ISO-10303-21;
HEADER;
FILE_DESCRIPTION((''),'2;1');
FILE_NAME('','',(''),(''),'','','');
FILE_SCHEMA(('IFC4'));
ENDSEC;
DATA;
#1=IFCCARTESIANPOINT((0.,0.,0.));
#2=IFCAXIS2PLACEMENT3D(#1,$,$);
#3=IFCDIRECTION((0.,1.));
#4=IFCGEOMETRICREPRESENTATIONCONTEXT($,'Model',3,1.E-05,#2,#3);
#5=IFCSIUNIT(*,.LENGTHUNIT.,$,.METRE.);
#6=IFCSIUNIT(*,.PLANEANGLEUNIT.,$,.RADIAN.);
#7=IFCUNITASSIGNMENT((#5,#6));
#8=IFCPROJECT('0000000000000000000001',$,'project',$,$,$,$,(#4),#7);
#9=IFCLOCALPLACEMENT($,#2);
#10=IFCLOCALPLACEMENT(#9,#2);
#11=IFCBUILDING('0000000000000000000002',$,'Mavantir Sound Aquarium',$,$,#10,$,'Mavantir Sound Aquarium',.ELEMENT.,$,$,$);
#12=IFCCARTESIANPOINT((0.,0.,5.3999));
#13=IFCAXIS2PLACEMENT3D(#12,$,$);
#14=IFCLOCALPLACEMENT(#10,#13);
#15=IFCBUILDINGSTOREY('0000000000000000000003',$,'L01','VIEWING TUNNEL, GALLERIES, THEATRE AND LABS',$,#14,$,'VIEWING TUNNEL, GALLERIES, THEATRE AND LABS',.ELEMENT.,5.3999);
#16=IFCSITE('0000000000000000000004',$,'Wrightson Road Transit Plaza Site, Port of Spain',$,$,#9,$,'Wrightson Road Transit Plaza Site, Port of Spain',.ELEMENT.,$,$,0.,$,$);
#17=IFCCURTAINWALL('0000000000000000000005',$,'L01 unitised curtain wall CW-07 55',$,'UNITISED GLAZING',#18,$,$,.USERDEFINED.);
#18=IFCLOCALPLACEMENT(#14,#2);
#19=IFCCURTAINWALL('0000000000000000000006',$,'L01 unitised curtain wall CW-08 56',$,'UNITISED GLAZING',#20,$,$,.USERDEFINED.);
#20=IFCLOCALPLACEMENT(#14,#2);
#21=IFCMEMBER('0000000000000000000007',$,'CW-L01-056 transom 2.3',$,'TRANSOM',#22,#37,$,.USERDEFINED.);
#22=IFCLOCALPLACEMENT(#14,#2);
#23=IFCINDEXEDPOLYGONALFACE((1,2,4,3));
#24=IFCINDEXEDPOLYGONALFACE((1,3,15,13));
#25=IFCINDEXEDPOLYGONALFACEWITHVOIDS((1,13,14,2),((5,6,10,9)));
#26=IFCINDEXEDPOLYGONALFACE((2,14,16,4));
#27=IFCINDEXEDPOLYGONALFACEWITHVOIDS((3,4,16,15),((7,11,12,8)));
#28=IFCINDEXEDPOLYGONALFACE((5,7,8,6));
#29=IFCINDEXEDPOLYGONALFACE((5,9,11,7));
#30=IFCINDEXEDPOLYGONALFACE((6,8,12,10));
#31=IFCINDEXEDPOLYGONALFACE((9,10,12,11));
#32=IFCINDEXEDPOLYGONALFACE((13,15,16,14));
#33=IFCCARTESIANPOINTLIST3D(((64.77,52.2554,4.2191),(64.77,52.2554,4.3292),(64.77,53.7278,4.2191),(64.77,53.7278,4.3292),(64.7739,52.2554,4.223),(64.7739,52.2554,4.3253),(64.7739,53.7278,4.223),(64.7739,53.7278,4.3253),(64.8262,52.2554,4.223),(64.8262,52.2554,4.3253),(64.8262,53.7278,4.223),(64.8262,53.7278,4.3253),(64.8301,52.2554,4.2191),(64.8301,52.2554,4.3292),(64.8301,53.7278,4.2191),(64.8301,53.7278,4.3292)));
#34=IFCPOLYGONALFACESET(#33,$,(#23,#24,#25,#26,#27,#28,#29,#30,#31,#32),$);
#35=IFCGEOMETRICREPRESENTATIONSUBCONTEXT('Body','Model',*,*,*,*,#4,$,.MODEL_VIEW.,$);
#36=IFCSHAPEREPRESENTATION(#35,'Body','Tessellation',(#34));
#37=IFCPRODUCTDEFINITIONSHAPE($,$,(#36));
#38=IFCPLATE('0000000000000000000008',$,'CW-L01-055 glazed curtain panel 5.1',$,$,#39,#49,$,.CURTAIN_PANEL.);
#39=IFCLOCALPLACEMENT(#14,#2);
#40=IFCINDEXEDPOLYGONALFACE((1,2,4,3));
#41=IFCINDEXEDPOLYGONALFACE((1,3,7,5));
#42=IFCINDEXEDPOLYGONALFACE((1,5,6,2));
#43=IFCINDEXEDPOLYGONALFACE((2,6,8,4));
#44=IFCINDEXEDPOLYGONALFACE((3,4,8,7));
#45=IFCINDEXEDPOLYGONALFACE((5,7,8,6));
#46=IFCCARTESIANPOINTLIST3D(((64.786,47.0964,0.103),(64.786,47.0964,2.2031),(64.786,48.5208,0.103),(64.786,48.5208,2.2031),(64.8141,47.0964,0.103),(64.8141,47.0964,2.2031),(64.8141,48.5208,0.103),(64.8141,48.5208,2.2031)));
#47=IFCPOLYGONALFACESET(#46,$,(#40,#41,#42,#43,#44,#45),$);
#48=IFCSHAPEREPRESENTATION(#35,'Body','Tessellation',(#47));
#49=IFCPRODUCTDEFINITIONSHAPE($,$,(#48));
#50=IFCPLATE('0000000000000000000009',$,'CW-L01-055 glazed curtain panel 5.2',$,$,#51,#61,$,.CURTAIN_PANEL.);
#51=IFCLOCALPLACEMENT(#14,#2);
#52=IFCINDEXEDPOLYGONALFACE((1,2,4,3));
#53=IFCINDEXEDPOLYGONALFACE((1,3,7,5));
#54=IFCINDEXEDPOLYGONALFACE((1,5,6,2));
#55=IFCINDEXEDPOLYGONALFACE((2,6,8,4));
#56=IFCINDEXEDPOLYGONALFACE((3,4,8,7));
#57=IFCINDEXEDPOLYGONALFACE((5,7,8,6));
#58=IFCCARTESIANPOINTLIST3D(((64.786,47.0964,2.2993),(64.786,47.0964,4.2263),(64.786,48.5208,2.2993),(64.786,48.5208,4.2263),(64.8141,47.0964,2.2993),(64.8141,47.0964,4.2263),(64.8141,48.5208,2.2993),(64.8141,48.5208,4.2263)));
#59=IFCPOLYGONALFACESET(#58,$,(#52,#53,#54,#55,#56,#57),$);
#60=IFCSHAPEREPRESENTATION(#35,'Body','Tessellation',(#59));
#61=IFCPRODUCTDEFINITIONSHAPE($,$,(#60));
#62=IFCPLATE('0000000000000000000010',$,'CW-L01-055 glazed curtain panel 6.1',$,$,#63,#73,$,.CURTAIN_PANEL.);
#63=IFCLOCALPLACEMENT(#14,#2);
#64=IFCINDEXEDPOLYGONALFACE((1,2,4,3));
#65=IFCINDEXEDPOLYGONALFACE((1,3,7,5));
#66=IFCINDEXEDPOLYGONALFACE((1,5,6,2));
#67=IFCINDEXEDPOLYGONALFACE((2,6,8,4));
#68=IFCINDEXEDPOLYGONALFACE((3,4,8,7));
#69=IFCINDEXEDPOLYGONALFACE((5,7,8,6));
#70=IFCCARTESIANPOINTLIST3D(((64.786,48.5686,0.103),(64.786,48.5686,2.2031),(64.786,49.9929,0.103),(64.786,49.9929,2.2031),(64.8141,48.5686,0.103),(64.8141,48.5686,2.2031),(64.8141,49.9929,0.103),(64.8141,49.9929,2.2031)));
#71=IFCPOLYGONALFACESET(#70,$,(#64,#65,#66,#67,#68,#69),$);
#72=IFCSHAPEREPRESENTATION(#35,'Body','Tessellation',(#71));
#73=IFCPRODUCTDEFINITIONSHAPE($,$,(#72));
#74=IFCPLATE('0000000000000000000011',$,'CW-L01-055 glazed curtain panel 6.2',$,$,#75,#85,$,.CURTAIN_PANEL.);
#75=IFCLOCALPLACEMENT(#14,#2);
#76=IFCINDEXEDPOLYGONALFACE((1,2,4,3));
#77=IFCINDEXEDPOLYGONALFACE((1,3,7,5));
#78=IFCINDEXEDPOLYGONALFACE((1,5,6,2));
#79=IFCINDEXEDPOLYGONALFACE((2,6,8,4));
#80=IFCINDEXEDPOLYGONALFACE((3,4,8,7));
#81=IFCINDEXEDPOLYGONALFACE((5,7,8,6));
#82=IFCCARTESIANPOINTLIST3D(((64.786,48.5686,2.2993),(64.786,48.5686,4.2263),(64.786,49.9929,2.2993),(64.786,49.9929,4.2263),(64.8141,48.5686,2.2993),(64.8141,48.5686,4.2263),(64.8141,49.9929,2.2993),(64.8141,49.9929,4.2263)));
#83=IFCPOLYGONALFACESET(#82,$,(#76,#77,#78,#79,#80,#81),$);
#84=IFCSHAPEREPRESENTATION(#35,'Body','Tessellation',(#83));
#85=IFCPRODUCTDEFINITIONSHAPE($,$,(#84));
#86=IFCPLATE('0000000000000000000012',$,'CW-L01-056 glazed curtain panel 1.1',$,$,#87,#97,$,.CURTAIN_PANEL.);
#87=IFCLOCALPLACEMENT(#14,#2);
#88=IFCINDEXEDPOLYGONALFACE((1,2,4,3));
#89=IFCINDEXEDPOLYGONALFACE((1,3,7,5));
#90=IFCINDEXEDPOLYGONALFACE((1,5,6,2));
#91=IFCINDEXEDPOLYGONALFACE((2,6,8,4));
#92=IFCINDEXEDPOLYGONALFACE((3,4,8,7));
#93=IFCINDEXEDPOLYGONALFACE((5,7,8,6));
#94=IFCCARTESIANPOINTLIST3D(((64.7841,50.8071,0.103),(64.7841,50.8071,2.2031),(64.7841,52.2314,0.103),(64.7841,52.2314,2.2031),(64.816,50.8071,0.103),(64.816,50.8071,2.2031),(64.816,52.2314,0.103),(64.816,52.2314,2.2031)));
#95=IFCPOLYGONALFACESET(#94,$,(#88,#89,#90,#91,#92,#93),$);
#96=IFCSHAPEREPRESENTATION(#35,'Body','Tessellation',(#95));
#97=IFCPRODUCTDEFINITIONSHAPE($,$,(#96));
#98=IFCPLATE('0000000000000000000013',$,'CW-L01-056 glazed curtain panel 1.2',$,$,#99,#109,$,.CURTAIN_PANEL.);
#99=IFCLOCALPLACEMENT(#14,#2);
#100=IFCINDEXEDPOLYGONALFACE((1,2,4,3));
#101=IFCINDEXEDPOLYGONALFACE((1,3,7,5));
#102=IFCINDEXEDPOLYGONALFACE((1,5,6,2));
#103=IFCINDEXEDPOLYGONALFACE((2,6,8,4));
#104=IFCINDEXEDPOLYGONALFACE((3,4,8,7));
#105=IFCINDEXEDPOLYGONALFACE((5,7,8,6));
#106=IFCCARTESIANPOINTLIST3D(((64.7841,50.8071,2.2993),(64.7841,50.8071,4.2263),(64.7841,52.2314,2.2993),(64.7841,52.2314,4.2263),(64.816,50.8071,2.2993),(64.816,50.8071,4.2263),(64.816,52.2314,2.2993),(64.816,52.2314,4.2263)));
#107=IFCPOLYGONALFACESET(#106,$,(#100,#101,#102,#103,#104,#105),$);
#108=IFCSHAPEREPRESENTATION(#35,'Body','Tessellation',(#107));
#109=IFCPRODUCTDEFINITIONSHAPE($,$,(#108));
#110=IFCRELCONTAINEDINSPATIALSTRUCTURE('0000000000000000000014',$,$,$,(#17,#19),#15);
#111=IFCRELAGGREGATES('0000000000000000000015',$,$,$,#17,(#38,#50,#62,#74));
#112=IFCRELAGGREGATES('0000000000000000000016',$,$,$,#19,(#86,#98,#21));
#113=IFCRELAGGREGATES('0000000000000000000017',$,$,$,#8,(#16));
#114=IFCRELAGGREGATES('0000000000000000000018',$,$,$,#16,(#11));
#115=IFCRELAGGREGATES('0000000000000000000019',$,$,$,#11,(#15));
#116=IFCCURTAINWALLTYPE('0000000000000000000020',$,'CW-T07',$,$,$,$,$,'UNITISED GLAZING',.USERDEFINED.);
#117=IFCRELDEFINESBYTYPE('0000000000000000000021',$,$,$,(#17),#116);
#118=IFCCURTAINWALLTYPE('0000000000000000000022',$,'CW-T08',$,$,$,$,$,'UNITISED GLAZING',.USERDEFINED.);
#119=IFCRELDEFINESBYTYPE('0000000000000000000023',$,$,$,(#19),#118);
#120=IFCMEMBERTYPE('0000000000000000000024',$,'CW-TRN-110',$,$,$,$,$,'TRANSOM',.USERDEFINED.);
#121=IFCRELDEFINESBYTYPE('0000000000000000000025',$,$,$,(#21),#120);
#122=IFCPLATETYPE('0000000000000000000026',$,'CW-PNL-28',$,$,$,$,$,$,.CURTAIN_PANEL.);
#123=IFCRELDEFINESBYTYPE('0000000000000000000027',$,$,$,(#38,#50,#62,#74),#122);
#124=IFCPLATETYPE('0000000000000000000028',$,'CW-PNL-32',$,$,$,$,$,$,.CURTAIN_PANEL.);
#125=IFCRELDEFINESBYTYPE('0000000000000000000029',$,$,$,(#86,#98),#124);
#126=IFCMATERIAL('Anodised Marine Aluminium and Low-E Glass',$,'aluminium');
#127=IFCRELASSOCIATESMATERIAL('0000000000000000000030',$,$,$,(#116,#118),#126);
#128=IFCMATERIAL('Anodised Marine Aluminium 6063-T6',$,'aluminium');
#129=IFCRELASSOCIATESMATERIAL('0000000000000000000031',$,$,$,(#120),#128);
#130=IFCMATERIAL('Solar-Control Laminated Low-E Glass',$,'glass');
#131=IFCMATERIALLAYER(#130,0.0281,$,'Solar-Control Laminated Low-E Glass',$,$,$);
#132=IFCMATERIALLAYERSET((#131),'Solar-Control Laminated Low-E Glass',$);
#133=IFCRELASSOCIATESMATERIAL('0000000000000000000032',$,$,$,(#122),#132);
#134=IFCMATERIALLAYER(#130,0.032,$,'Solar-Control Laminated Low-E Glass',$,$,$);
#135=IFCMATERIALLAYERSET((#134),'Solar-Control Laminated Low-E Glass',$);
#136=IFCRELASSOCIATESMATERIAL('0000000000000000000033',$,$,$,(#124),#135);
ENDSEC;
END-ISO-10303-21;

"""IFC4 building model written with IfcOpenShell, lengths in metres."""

from ifc_helpers import new_model, si_unit, direction, frame, origin, origin_2d, place, context, subcontext, project, spatial, rectangle, hollow_rectangle, extrude, material, layer, layer_set, material_profile, profile_set, type_object, element, aggregate, save


model = new_model("IFC4")

# Units and contexts
model_context = context("Model", 3, precision=1e-05, world=origin(), true_north=direction((0.0, 1.0)))
body_context = subcontext(model_context, "Body", "Model", "MODEL_VIEW")
ifc_project = project(units=[si_unit("LENGTHUNIT", "METRE"), si_unit("PLANEANGLEUNIT", "RADIAN")], contexts=[model_context])

# Site, building, storey
site_placement = place(None, origin())
site = spatial("IfcSite", under=ifc_project, at=site_placement, Name="Wrightson Road Transit Plaza Site, Port of Spain", LongName="Wrightson Road Transit Plaza Site, Port of Spain", CompositionType="ELEMENT", RefElevation=0.0)
building_placement = place(site_placement, origin())
building = spatial("IfcBuilding", under=site, at=building_placement, Name="Mavantir Sound Aquarium", LongName="Mavantir Sound Aquarium", CompositionType="ELEMENT")
storey_placement = place(building_placement, frame((0.0, 0.0, 5.3999)))
storey = spatial("IfcBuildingStorey", under=building, at=storey_placement, Name="L01", Description="VIEWING TUNNEL, GALLERIES, THEATRE AND LABS", LongName="VIEWING TUNNEL, GALLERIES, THEATRE AND LABS", CompositionType="ELEMENT", Elevation=5.3999)

# Curtain walls
ifc_material_1 = material(Name="Anodised Marine Aluminium and Low-E Glass", Category="aluminium")
curtain_wall_type_1 = type_object("IfcCurtainWallType", Name="CW-T07", ElementType="UNITISED GLAZING", PredefinedType="USERDEFINED", material=ifc_material_1)
curtain_wall_1_placement = place(storey_placement, origin())
curtain_wall_1 = element("IfcCurtainWall", 1, at=curtain_wall_1_placement, inside=storey, type_object=curtain_wall_type_1, Name="L01 unitised curtain wall CW-07 55", ObjectType="UNITISED GLAZING", PredefinedType="USERDEFINED")
ifc_material_2 = material(Name="Anodised Marine Aluminium 6063-T6", Category="aluminium")
curtain_wall_type_2 = type_object("IfcCurtainWallType", Name="CW-T08", ElementType="UNITISED GLAZING", PredefinedType="USERDEFINED", material=ifc_material_1)
curtain_wall_2_placement = place(storey_placement, origin())
curtain_wall_2 = element("IfcCurtainWall", 2, at=curtain_wall_2_placement, inside=storey, type_object=curtain_wall_type_2, Name="L01 unitised curtain wall CW-08 56", ObjectType="UNITISED GLAZING", PredefinedType="USERDEFINED")

# Member
ifc_material_profile_1 = material_profile(ifc_material_2, hollow_rectangle(XDim=0.0601, YDim=0.1101, WallThickness=0.0039, at=origin_2d()), Name="ALU-TRANSOM-110X60")
ifc_profile_set_1 = profile_set([ifc_material_profile_1], Name="Anodised Marine Aluminium 6063-T6")
member_type_1 = type_object("IfcMemberType", Name="CW-TRN-110", ElementType="TRANSOM", PredefinedType="USERDEFINED", material=ifc_profile_set_1)
member_1_placement = place(storey_placement, frame((64.8, 52.2554, 4.2742), z_axis=(0.0, 1.0, 0.0), x_axis=(-1.0, 0.0, 0.0)))
member_1 = element("IfcMember", 3, at=member_1_placement, type_object=member_type_1, Name="CW-L01-056 transom 2.3", ObjectType="TRANSOM", PredefinedType="USERDEFINED", context=body_context, shape_type="SweptSolid", body=[
    extrude(hollow_rectangle(XDim=0.0601, YDim=0.1101, WallThickness=0.0039, at=origin_2d()), origin(), (0.0, 0.0, 1.0), 1.4724),
])

# Plates
ifc_material_3 = material(Name="Solar-Control Laminated Low-E Glass", Category="glass")
ifc_layer_1 = layer(ifc_material_3, 0.0281, Name="Solar-Control Laminated Low-E Glass")
ifc_layer_set_1 = layer_set([ifc_layer_1], Name="Solar-Control Laminated Low-E Glass")
plate_type_1 = type_object("IfcPlateType", Name="CW-PNL-28", PredefinedType="CURTAIN_PANEL", material=ifc_layer_set_1)
plate_1_placement = place(storey_placement, frame((64.8, 47.8086, 0.103), z_axis=(0.0, 0.0, 1.0), x_axis=(0.0, 1.0, 0.0)))
plate_1 = element("IfcPlate", 4, at=plate_1_placement, type_object=plate_type_1, Name="CW-L01-055 glazed curtain panel 5.1", PredefinedType="CURTAIN_PANEL", context=body_context, shape_type="SweptSolid", body=[
    extrude(rectangle(XDim=1.4243, YDim=0.0281, at=origin_2d()), origin(), (0.0, 0.0, 1.0), 2.1001),
])
plate_2_placement = place(storey_placement, frame((64.8, 47.8086, 2.2993), z_axis=(0.0, 0.0, 1.0), x_axis=(0.0, 1.0, 0.0)))
plate_2 = element("IfcPlate", 5, at=plate_2_placement, type_object=plate_type_1, Name="CW-L01-055 glazed curtain panel 5.2", PredefinedType="CURTAIN_PANEL", context=body_context, shape_type="SweptSolid", body=[
    extrude(rectangle(XDim=1.4243, YDim=0.0281, at=origin_2d()), origin(), (0.0, 0.0, 1.0), 1.927),
])
plate_3_placement = place(storey_placement, frame((64.8, 49.2808, 0.103), z_axis=(0.0, 0.0, 1.0), x_axis=(0.0, 1.0, 0.0)))
plate_3 = element("IfcPlate", 6, at=plate_3_placement, type_object=plate_type_1, Name="CW-L01-055 glazed curtain panel 6.1", PredefinedType="CURTAIN_PANEL", context=body_context, shape_type="SweptSolid", body=[
    extrude(rectangle(XDim=1.4243, YDim=0.0281, at=origin_2d()), origin(), (0.0, 0.0, 1.0), 2.1001),
])
plate_4_placement = place(storey_placement, frame((64.8, 49.2808, 2.2993), z_axis=(0.0, 0.0, 1.0), x_axis=(0.0, 1.0, 0.0)))
plate_4 = element("IfcPlate", 7, at=plate_4_placement, type_object=plate_type_1, Name="CW-L01-055 glazed curtain panel 6.2", PredefinedType="CURTAIN_PANEL", context=body_context, shape_type="SweptSolid", body=[
    extrude(rectangle(XDim=1.4243, YDim=0.0281, at=origin_2d()), origin(), (0.0, 0.0, 1.0), 1.927),
])
aggregate(curtain_wall_1, [plate_1, plate_2, plate_3, plate_4])
ifc_layer_2 = layer(ifc_material_3, 0.032, Name="Solar-Control Laminated Low-E Glass")
ifc_layer_set_2 = layer_set([ifc_layer_2], Name="Solar-Control Laminated Low-E Glass")
plate_type_2 = type_object("IfcPlateType", Name="CW-PNL-32", PredefinedType="CURTAIN_PANEL", material=ifc_layer_set_2)
plate_5_placement = place(storey_placement, frame((64.8, 51.5193, 0.103), z_axis=(0.0, 0.0, 1.0), x_axis=(0.0, 1.0, 0.0)))
plate_5 = element("IfcPlate", 8, at=plate_5_placement, type_object=plate_type_2, Name="CW-L01-056 glazed curtain panel 1.1", PredefinedType="CURTAIN_PANEL", context=body_context, shape_type="SweptSolid", body=[
    extrude(rectangle(XDim=1.4243, YDim=0.032, at=origin_2d()), origin(), (0.0, 0.0, 1.0), 2.1001),
])
plate_6_placement = place(storey_placement, frame((64.8, 51.5193, 2.2993), z_axis=(0.0, 0.0, 1.0), x_axis=(0.0, 1.0, 0.0)))
plate_6 = element("IfcPlate", 9, at=plate_6_placement, type_object=plate_type_2, Name="CW-L01-056 glazed curtain panel 1.2", PredefinedType="CURTAIN_PANEL", context=body_context, shape_type="SweptSolid", body=[
    extrude(rectangle(XDim=1.4243, YDim=0.032, at=origin_2d()), origin(), (0.0, 0.0, 1.0), 1.927),
])
aggregate(curtain_wall_2, [plate_5, plate_6, member_1])

save(model, "model.ifc")
